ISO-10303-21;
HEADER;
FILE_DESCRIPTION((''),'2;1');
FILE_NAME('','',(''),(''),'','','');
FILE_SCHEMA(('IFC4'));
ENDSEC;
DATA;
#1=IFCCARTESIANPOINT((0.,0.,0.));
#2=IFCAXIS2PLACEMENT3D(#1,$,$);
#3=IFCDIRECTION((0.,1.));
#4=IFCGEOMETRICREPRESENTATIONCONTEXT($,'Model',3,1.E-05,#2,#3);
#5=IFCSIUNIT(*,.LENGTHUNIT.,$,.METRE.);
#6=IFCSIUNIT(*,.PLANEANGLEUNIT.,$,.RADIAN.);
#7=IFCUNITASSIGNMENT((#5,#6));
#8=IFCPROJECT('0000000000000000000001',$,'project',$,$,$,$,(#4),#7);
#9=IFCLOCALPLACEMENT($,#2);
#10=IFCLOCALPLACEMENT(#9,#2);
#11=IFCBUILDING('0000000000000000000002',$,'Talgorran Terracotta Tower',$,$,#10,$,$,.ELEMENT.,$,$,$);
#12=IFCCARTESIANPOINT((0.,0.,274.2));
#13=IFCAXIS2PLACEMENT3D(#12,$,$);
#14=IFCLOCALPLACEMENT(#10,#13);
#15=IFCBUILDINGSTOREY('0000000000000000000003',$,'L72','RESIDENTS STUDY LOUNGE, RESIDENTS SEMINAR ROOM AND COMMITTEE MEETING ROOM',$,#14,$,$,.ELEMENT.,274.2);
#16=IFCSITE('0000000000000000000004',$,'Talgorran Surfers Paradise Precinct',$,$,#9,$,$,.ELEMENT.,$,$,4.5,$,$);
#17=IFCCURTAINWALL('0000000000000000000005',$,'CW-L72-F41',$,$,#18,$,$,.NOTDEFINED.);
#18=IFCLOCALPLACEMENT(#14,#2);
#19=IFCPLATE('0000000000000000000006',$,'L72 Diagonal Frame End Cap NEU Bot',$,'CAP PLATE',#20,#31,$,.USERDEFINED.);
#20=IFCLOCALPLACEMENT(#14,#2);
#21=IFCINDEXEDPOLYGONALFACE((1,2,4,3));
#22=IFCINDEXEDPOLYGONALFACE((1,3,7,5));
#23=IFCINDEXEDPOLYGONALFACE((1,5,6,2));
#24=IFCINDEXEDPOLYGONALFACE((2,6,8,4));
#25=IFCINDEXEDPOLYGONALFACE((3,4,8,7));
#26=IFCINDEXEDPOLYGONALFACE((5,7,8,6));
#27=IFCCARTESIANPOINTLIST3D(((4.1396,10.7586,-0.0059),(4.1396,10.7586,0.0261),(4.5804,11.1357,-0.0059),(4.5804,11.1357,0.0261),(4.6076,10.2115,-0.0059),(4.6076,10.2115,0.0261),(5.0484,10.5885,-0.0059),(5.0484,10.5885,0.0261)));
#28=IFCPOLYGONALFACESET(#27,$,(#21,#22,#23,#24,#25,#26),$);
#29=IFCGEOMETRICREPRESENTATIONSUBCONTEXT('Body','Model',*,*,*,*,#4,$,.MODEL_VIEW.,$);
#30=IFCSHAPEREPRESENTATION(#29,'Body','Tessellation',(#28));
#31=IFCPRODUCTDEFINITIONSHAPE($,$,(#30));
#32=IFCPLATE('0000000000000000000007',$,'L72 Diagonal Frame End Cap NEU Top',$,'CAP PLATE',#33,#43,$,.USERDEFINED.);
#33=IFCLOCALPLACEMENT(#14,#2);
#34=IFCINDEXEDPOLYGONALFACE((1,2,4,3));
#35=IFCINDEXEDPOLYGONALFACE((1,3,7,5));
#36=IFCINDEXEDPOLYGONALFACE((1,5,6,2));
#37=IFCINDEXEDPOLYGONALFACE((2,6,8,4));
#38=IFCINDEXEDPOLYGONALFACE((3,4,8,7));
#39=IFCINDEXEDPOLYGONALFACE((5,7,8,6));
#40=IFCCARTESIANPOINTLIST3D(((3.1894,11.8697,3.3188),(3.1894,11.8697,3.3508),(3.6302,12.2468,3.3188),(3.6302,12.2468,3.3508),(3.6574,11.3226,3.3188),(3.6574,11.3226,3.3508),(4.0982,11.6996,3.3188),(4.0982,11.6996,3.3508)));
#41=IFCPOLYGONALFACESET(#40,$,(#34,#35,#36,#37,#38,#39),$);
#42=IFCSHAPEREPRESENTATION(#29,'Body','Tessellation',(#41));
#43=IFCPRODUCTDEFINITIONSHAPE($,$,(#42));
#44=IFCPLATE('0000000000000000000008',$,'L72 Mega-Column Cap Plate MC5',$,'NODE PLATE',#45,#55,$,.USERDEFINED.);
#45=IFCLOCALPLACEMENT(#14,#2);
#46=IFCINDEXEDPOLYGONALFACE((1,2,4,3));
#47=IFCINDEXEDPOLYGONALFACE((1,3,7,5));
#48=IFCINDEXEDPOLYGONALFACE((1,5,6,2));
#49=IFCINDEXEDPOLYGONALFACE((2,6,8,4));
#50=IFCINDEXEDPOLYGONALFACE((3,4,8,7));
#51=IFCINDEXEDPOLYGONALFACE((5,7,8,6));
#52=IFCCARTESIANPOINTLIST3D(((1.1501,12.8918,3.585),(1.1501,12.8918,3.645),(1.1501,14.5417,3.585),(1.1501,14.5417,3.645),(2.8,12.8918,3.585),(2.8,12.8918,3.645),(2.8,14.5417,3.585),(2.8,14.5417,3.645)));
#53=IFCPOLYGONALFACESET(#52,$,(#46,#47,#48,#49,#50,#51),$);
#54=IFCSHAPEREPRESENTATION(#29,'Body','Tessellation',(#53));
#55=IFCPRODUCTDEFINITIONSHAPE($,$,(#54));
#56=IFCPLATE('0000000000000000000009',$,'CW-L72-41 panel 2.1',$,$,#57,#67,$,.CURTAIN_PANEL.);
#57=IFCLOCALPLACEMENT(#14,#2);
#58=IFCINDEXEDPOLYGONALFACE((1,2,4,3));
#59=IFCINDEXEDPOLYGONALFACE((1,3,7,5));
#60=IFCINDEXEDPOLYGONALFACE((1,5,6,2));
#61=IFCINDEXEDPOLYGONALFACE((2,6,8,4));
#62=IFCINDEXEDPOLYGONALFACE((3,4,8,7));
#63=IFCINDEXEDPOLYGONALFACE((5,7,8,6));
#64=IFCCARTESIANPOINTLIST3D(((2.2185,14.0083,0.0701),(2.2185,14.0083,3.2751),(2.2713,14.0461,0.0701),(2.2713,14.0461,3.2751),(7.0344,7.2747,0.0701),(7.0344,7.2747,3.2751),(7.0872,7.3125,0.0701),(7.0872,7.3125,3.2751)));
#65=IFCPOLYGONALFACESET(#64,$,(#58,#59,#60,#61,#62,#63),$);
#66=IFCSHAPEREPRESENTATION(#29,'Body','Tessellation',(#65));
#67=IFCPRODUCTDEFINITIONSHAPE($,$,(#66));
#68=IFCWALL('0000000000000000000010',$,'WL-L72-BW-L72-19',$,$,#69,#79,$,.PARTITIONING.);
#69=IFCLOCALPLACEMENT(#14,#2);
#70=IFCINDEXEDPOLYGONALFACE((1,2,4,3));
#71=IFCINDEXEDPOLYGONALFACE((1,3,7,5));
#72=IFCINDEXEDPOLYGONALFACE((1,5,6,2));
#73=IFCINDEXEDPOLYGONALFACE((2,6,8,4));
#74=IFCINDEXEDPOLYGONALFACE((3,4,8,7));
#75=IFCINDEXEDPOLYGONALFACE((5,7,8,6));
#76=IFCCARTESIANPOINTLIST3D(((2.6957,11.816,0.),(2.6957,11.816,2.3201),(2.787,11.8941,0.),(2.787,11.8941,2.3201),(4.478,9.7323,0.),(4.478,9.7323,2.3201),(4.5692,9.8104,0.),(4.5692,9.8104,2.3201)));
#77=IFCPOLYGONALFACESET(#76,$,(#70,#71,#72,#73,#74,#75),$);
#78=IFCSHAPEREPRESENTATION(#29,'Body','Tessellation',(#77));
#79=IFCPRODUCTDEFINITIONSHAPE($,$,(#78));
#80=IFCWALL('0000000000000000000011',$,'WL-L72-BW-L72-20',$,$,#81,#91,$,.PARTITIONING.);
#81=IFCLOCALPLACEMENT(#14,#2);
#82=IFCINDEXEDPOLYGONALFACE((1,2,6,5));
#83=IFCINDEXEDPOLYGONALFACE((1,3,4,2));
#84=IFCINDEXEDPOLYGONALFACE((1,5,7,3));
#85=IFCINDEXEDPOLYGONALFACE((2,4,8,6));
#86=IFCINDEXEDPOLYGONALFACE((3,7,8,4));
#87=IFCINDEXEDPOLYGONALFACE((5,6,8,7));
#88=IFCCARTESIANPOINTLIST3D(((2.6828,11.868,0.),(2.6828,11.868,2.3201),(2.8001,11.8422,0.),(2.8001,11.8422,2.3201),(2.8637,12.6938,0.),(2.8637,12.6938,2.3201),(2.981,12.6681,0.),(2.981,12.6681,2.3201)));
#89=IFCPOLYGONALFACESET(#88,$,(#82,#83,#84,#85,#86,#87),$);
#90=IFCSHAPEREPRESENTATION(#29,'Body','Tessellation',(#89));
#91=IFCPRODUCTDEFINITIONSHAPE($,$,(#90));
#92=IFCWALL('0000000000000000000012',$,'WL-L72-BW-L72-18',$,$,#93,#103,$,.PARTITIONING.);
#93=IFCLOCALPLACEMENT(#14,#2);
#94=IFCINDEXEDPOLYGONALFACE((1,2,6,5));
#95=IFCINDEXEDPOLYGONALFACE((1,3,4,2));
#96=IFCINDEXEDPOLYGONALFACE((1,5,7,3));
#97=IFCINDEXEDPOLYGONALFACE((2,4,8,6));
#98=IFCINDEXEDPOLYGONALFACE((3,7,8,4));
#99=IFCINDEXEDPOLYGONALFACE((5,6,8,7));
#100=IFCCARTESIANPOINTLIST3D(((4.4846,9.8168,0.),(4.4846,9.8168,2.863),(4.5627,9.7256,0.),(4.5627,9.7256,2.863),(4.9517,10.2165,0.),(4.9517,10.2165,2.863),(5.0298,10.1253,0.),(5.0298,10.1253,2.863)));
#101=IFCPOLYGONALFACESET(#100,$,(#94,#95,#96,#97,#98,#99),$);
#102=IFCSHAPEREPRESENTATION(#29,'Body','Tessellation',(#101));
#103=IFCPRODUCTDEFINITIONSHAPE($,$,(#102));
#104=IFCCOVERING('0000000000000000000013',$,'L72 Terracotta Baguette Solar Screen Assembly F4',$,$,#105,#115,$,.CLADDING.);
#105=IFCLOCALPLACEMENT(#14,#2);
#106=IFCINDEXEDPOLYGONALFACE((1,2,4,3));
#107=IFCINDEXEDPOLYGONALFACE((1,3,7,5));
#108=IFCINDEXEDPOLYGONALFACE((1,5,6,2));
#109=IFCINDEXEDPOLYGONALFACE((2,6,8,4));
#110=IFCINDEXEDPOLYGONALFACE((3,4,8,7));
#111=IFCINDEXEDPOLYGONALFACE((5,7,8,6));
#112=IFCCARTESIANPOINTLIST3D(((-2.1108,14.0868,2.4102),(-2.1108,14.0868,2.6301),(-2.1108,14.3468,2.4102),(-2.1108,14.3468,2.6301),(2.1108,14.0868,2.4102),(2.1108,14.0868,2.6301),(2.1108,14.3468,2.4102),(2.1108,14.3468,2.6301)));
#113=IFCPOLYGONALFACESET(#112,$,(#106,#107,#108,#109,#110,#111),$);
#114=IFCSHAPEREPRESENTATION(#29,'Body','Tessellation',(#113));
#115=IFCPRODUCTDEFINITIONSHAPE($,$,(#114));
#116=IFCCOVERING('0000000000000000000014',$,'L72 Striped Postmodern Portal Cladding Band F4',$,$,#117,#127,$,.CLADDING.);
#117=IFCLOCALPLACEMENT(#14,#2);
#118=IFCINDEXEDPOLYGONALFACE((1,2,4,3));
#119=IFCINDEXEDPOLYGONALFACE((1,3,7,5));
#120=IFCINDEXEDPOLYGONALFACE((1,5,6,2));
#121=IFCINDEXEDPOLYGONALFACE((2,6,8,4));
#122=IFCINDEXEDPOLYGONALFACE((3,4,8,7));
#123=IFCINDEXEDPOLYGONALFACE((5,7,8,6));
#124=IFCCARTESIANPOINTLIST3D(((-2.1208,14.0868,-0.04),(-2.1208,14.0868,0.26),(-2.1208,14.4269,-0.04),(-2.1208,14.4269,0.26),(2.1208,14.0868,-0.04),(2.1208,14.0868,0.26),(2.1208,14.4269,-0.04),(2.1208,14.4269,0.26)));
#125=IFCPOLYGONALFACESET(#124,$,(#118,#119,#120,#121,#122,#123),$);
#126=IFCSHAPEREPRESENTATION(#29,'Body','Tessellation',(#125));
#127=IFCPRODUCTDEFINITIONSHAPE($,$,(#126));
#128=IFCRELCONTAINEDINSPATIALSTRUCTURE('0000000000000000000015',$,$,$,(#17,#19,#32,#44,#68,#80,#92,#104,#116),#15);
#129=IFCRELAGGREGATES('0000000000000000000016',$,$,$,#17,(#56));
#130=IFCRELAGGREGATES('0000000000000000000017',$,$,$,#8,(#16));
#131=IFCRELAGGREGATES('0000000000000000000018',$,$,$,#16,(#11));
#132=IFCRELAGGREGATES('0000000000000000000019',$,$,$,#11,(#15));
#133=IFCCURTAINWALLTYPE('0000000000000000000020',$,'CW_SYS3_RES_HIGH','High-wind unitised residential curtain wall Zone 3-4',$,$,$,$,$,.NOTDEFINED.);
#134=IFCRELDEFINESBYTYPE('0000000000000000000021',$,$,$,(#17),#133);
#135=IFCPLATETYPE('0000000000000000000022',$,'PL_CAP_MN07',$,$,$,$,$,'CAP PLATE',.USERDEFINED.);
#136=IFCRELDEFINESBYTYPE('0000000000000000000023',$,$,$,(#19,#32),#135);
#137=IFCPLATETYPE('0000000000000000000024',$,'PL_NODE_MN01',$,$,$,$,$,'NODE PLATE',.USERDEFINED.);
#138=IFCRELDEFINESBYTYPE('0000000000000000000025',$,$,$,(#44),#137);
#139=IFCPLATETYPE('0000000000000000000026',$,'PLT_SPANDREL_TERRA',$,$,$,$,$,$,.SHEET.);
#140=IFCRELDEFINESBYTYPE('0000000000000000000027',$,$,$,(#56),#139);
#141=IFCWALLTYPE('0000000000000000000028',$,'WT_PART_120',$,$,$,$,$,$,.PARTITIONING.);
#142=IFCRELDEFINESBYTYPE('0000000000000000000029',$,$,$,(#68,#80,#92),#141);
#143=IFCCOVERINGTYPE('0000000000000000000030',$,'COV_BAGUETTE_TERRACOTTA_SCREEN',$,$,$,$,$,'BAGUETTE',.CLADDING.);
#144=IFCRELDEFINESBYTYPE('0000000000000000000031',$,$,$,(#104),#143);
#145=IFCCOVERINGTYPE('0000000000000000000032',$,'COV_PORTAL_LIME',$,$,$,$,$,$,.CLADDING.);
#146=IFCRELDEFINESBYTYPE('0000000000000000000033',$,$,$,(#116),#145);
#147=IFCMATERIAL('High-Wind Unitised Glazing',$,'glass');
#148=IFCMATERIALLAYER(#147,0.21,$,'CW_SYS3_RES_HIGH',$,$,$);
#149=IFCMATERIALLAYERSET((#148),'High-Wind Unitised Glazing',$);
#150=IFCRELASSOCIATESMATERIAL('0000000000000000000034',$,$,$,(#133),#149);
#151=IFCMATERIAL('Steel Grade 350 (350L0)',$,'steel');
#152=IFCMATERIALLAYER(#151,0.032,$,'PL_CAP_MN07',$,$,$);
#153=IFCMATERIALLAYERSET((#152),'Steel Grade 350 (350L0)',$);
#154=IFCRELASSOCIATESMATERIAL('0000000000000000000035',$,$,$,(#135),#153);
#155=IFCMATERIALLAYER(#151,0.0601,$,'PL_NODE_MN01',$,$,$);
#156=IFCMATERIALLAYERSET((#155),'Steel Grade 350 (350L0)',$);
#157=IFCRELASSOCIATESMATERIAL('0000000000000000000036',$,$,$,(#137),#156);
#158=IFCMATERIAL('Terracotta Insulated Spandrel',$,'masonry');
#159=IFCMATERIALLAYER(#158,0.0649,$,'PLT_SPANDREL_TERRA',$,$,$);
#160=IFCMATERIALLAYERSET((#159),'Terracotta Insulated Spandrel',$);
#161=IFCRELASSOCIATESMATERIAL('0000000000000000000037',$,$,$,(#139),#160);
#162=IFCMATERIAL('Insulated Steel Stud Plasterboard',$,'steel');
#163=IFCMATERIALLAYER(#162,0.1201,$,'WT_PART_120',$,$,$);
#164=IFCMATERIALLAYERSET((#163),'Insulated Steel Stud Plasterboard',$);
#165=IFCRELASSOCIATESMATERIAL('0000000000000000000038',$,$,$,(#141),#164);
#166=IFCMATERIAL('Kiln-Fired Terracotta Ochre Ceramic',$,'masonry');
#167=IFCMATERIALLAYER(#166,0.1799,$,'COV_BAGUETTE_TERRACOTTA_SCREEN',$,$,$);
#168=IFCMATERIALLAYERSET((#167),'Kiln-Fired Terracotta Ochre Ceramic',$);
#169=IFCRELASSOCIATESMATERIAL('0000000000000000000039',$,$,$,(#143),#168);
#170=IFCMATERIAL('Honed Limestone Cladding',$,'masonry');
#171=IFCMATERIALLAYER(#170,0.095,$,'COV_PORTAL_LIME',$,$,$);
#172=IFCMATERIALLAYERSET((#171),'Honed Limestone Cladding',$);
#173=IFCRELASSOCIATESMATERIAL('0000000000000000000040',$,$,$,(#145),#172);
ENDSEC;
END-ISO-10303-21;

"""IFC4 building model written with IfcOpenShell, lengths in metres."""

from ifc_helpers import new_model, si_unit, direction, frame, frame_2d, origin, origin_2d, place, context, subcontext, project, spatial, rectangle, extrude, source, transform, mapped, material, layer, layer_set, type_object, type_shapes, element, aggregate, save


model = new_model("IFC4")

# Units and contexts
model_context = context("Model", 3, precision=1e-05, world=origin(), true_north=direction((0.0, 1.0)))
body_context = subcontext(model_context, "Body", "Model", "MODEL_VIEW")
ifc_project = project(units=[si_unit("LENGTHUNIT", "METRE"), si_unit("PLANEANGLEUNIT", "RADIAN")], contexts=[model_context])

# Site, building, storey
site_placement = place(None, origin())
site = spatial("IfcSite", under=ifc_project, at=site_placement, Name="Talgorran Surfers Paradise Precinct", CompositionType="ELEMENT", RefElevation=4.5)
building_placement = place(site_placement, origin())
building = spatial("IfcBuilding", under=site, at=building_placement, Name="Talgorran Terracotta Tower", CompositionType="ELEMENT")
storey_placement = place(building_placement, frame((0.0, 0.0, 274.2)))
storey = spatial("IfcBuildingStorey", under=building, at=storey_placement, Name="L72", Description="RESIDENTS STUDY LOUNGE, RESIDENTS SEMINAR ROOM AND COMMITTEE MEETING ROOM", CompositionType="ELEMENT", Elevation=274.2)

# Shared definitions
ifc_material_1 = material(Name="Steel Grade 350 (350L0)", Category="steel")

# Curtain wall
ifc_material_2 = material(Name="High-Wind Unitised Glazing", Category="glass")
ifc_layer_1 = layer(ifc_material_2, 0.21, Name="CW_SYS3_RES_HIGH")
ifc_layer_set_1 = layer_set([ifc_layer_1], Name="High-Wind Unitised Glazing")
curtain_wall_type = type_object("IfcCurtainWallType", Name="CW_SYS3_RES_HIGH", Description="High-wind unitised residential curtain wall Zone 3-4", PredefinedType="NOTDEFINED", material=ifc_layer_set_1)
curtain_wall_1_placement = place(storey_placement, origin())
curtain_wall_1 = element("IfcCurtainWall", 1, at=curtain_wall_1_placement, inside=storey, type_object=curtain_wall_type, Name="CW-L72-F41", PredefinedType="NOTDEFINED")

# Plates
ifc_layer_2 = layer(ifc_material_1, 0.032, Name="PL_CAP_MN07")
ifc_layer_set_2 = layer_set([ifc_layer_2], Name="Steel Grade 350 (350L0)")
plate_type_1 = type_object("IfcPlateType", Name="PL_CAP_MN07", ElementType="CAP PLATE", PredefinedType="USERDEFINED", material=ifc_layer_set_2)
for number, where, z_axis, x_axis, name in (
    (2, (4.594, 10.6736, -0.0059), (0.0, 0.0, 1.0), (-0.649979, 0.759952, 0.0), "L72 Diagonal Frame End Cap NEU Bot"),
    (3, (3.6438, 11.7847, 3.3188), (0.0, 0.0, 1.0), (-0.649979, 0.759952, 0.0), "L72 Diagonal Frame End Cap NEU Top"),
):
    element("IfcPlate", number, at=place(storey_placement, frame(where, z_axis=z_axis, x_axis=x_axis)), inside=storey, type_object=plate_type_1, Name=name, ObjectType="CAP PLATE", PredefinedType="USERDEFINED", context=body_context, shape_type="SweptSolid", body=[
        extrude(rectangle(XDim=0.72, YDim=0.5801, at=origin_2d()), origin(), (0.0, 0.0, 1.0), 0.032),
    ])
ifc_layer_3 = layer(ifc_material_1, 0.0601, Name="PL_NODE_MN01")
ifc_layer_set_3 = layer_set([ifc_layer_3], Name="Steel Grade 350 (350L0)")
plate_type_2 = type_object("IfcPlateType", Name="PL_NODE_MN01", ElementType="NODE PLATE", PredefinedType="USERDEFINED", material=ifc_layer_set_3)
plate_1_placement = place(storey_placement, frame((1.9751, 13.7168, 3.585), z_axis=(0.0, 0.0, 1.0), x_axis=(1.0, 0.0, 0.0)))
element("IfcPlate", 4, at=plate_1_placement, inside=storey, type_object=plate_type_2, Name="L72 Mega-Column Cap Plate MC5", ObjectType="NODE PLATE", PredefinedType="USERDEFINED", context=body_context, shape_type="SweptSolid", body=[
    extrude(rectangle(XDim=1.6499, YDim=1.6499, at=origin_2d()), origin(), (0.0, 0.0, 1.0), 0.0601),
])

# Plate
ifc_material_3 = material(Name="Terracotta Insulated Spandrel", Category="masonry")
ifc_layer_4 = layer(ifc_material_3, 0.0649, Name="PLT_SPANDREL_TERRA")
ifc_layer_set_4 = layer_set([ifc_layer_4], Name="Terracotta Insulated Spandrel")
plate_type_3 = type_object("IfcPlateType", Name="PLT_SPANDREL_TERRA", PredefinedType="SHEET", material=ifc_layer_set_4)
shared_shape = source(origin(), body_context, "Body", "SweptSolid", [
    extrude(rectangle(XDim=8.2786, YDim=0.0649, at=origin_2d()), origin(), (0.0, 0.0, 1.0), 3.2051),
])
type_shapes(plate_type_3, [shared_shape])
plate_2_placement = place(storey_placement, frame((4.6528, 10.6604, 0.0701), z_axis=(0.0, 0.0, 1.0), x_axis=(-0.581733, 0.81338, 0.0)))
plate_2 = element("IfcPlate", 5, at=plate_2_placement, type_object=plate_type_3, Name="CW-L72-41 panel 2.1", PredefinedType="CURTAIN_PANEL", context=body_context, shape_type="MappedRepresentation", body=[
    mapped(shared_shape, transform((0.0, 0.0, 0.0), scale=1.0)),
])
aggregate(curtain_wall_1, [plate_2])

# Walls
ifc_material_4 = material(Name="Insulated Steel Stud Plasterboard", Category="steel")
ifc_layer_5 = layer(ifc_material_4, 0.1201, Name="WT_PART_120")
ifc_layer_set_5 = layer_set([ifc_layer_5], Name="Insulated Steel Stud Plasterboard")
wall_type = type_object("IfcWallType", Name="WT_PART_120", PredefinedType="PARTITIONING", material=ifc_layer_set_5)
wall_1_placement = place(storey_placement, frame((4.5237, 9.7712, 0.0), z_axis=(0.0, 0.0, 1.0), x_axis=(-0.649984, 0.759948, 0.0)))
element("IfcWall", 6, at=wall_1_placement, inside=storey, type_object=wall_type, Name="WL-L72-BW-L72-19", PredefinedType="PARTITIONING", context=body_context, shape_type="SweptSolid", body=[
    extrude(rectangle(XDim=2.7419, YDim=0.1201, at=frame_2d((1.3711, 0.0))), origin(), (0.0, 0.0, 1.0), 2.3201),
])
wall_2_placement = place(storey_placement, frame((2.7415, 11.855, 0.0), z_axis=(0.0, 0.0, 1.0), x_axis=(0.213964, 0.976842, 0.0)))
element("IfcWall", 7, at=wall_2_placement, inside=storey, type_object=wall_type, Name="WL-L72-BW-L72-20", PredefinedType="PARTITIONING", context=body_context, shape_type="SweptSolid", body=[
    extrude(rectangle(XDim=0.8455, YDim=0.1201, at=frame_2d((0.4229, 0.0))), origin(), (0.0, 0.0, 1.0), 2.3201),
])
wall_3_placement = place(storey_placement, frame((4.9907, 10.1709, 0.0), z_axis=(0.0, 0.0, 1.0), x_axis=(-0.759789, -0.65017, 0.0)))
element("IfcWall", 8, at=wall_3_placement, inside=storey, type_object=wall_type, Name="WL-L72-BW-L72-18", PredefinedType="PARTITIONING", context=body_context, shape_type="SweptSolid", body=[
    extrude(rectangle(XDim=0.6147, YDim=0.1201, at=frame_2d((0.3074, 0.0))), origin(), (0.0, 0.0, 1.0), 2.863),
])

# Coverings
ifc_material_5 = material(Name="Kiln-Fired Terracotta Ochre Ceramic", Category="masonry")
ifc_layer_6 = layer(ifc_material_5, 0.1799, Name="COV_BAGUETTE_TERRACOTTA_SCREEN")
ifc_layer_set_6 = layer_set([ifc_layer_6], Name="Kiln-Fired Terracotta Ochre Ceramic")
covering_type_1 = type_object("IfcCoveringType", Name="COV_BAGUETTE_TERRACOTTA_SCREEN", ElementType="BAGUETTE", PredefinedType="CLADDING", material=ifc_layer_set_6)
covering_1_placement = place(storey_placement, frame((0.0, 14.2168, 2.4102), z_axis=(0.0, 0.0, 1.0), x_axis=(-1.0, 0.0, 0.0)))
element("IfcCovering", 9, at=covering_1_placement, inside=storey, type_object=covering_type_1, Name="L72 Terracotta Baguette Solar Screen Assembly F4", PredefinedType="CLADDING", context=body_context, shape_type="SweptSolid", body=[
    extrude(rectangle(XDim=4.2217, YDim=0.26, at=origin_2d()), origin(), (0.0, 0.0, 1.0), 0.22),
])
ifc_material_6 = material(Name="Honed Limestone Cladding", Category="masonry")
ifc_layer_7 = layer(ifc_material_6, 0.095, Name="COV_PORTAL_LIME")
ifc_layer_set_7 = layer_set([ifc_layer_7], Name="Honed Limestone Cladding")
covering_type_2 = type_object("IfcCoveringType", Name="COV_PORTAL_LIME", PredefinedType="CLADDING", material=ifc_layer_set_7)
covering_2_placement = place(storey_placement, frame((0.0, 14.2568, -0.04), z_axis=(0.0, 0.0, 1.0), x_axis=(-1.0, 0.0, 0.0)))
element("IfcCovering", 10, at=covering_2_placement, inside=storey, type_object=covering_type_2, Name="L72 Striped Postmodern Portal Cladding Band F4", PredefinedType="CLADDING", context=body_context, shape_type="SweptSolid", body=[
    extrude(rectangle(XDim=4.2417, YDim=0.3401, at=origin_2d()), origin(), (0.0, 0.0, 1.0), 0.3),
])

save(model, "model.ifc")
